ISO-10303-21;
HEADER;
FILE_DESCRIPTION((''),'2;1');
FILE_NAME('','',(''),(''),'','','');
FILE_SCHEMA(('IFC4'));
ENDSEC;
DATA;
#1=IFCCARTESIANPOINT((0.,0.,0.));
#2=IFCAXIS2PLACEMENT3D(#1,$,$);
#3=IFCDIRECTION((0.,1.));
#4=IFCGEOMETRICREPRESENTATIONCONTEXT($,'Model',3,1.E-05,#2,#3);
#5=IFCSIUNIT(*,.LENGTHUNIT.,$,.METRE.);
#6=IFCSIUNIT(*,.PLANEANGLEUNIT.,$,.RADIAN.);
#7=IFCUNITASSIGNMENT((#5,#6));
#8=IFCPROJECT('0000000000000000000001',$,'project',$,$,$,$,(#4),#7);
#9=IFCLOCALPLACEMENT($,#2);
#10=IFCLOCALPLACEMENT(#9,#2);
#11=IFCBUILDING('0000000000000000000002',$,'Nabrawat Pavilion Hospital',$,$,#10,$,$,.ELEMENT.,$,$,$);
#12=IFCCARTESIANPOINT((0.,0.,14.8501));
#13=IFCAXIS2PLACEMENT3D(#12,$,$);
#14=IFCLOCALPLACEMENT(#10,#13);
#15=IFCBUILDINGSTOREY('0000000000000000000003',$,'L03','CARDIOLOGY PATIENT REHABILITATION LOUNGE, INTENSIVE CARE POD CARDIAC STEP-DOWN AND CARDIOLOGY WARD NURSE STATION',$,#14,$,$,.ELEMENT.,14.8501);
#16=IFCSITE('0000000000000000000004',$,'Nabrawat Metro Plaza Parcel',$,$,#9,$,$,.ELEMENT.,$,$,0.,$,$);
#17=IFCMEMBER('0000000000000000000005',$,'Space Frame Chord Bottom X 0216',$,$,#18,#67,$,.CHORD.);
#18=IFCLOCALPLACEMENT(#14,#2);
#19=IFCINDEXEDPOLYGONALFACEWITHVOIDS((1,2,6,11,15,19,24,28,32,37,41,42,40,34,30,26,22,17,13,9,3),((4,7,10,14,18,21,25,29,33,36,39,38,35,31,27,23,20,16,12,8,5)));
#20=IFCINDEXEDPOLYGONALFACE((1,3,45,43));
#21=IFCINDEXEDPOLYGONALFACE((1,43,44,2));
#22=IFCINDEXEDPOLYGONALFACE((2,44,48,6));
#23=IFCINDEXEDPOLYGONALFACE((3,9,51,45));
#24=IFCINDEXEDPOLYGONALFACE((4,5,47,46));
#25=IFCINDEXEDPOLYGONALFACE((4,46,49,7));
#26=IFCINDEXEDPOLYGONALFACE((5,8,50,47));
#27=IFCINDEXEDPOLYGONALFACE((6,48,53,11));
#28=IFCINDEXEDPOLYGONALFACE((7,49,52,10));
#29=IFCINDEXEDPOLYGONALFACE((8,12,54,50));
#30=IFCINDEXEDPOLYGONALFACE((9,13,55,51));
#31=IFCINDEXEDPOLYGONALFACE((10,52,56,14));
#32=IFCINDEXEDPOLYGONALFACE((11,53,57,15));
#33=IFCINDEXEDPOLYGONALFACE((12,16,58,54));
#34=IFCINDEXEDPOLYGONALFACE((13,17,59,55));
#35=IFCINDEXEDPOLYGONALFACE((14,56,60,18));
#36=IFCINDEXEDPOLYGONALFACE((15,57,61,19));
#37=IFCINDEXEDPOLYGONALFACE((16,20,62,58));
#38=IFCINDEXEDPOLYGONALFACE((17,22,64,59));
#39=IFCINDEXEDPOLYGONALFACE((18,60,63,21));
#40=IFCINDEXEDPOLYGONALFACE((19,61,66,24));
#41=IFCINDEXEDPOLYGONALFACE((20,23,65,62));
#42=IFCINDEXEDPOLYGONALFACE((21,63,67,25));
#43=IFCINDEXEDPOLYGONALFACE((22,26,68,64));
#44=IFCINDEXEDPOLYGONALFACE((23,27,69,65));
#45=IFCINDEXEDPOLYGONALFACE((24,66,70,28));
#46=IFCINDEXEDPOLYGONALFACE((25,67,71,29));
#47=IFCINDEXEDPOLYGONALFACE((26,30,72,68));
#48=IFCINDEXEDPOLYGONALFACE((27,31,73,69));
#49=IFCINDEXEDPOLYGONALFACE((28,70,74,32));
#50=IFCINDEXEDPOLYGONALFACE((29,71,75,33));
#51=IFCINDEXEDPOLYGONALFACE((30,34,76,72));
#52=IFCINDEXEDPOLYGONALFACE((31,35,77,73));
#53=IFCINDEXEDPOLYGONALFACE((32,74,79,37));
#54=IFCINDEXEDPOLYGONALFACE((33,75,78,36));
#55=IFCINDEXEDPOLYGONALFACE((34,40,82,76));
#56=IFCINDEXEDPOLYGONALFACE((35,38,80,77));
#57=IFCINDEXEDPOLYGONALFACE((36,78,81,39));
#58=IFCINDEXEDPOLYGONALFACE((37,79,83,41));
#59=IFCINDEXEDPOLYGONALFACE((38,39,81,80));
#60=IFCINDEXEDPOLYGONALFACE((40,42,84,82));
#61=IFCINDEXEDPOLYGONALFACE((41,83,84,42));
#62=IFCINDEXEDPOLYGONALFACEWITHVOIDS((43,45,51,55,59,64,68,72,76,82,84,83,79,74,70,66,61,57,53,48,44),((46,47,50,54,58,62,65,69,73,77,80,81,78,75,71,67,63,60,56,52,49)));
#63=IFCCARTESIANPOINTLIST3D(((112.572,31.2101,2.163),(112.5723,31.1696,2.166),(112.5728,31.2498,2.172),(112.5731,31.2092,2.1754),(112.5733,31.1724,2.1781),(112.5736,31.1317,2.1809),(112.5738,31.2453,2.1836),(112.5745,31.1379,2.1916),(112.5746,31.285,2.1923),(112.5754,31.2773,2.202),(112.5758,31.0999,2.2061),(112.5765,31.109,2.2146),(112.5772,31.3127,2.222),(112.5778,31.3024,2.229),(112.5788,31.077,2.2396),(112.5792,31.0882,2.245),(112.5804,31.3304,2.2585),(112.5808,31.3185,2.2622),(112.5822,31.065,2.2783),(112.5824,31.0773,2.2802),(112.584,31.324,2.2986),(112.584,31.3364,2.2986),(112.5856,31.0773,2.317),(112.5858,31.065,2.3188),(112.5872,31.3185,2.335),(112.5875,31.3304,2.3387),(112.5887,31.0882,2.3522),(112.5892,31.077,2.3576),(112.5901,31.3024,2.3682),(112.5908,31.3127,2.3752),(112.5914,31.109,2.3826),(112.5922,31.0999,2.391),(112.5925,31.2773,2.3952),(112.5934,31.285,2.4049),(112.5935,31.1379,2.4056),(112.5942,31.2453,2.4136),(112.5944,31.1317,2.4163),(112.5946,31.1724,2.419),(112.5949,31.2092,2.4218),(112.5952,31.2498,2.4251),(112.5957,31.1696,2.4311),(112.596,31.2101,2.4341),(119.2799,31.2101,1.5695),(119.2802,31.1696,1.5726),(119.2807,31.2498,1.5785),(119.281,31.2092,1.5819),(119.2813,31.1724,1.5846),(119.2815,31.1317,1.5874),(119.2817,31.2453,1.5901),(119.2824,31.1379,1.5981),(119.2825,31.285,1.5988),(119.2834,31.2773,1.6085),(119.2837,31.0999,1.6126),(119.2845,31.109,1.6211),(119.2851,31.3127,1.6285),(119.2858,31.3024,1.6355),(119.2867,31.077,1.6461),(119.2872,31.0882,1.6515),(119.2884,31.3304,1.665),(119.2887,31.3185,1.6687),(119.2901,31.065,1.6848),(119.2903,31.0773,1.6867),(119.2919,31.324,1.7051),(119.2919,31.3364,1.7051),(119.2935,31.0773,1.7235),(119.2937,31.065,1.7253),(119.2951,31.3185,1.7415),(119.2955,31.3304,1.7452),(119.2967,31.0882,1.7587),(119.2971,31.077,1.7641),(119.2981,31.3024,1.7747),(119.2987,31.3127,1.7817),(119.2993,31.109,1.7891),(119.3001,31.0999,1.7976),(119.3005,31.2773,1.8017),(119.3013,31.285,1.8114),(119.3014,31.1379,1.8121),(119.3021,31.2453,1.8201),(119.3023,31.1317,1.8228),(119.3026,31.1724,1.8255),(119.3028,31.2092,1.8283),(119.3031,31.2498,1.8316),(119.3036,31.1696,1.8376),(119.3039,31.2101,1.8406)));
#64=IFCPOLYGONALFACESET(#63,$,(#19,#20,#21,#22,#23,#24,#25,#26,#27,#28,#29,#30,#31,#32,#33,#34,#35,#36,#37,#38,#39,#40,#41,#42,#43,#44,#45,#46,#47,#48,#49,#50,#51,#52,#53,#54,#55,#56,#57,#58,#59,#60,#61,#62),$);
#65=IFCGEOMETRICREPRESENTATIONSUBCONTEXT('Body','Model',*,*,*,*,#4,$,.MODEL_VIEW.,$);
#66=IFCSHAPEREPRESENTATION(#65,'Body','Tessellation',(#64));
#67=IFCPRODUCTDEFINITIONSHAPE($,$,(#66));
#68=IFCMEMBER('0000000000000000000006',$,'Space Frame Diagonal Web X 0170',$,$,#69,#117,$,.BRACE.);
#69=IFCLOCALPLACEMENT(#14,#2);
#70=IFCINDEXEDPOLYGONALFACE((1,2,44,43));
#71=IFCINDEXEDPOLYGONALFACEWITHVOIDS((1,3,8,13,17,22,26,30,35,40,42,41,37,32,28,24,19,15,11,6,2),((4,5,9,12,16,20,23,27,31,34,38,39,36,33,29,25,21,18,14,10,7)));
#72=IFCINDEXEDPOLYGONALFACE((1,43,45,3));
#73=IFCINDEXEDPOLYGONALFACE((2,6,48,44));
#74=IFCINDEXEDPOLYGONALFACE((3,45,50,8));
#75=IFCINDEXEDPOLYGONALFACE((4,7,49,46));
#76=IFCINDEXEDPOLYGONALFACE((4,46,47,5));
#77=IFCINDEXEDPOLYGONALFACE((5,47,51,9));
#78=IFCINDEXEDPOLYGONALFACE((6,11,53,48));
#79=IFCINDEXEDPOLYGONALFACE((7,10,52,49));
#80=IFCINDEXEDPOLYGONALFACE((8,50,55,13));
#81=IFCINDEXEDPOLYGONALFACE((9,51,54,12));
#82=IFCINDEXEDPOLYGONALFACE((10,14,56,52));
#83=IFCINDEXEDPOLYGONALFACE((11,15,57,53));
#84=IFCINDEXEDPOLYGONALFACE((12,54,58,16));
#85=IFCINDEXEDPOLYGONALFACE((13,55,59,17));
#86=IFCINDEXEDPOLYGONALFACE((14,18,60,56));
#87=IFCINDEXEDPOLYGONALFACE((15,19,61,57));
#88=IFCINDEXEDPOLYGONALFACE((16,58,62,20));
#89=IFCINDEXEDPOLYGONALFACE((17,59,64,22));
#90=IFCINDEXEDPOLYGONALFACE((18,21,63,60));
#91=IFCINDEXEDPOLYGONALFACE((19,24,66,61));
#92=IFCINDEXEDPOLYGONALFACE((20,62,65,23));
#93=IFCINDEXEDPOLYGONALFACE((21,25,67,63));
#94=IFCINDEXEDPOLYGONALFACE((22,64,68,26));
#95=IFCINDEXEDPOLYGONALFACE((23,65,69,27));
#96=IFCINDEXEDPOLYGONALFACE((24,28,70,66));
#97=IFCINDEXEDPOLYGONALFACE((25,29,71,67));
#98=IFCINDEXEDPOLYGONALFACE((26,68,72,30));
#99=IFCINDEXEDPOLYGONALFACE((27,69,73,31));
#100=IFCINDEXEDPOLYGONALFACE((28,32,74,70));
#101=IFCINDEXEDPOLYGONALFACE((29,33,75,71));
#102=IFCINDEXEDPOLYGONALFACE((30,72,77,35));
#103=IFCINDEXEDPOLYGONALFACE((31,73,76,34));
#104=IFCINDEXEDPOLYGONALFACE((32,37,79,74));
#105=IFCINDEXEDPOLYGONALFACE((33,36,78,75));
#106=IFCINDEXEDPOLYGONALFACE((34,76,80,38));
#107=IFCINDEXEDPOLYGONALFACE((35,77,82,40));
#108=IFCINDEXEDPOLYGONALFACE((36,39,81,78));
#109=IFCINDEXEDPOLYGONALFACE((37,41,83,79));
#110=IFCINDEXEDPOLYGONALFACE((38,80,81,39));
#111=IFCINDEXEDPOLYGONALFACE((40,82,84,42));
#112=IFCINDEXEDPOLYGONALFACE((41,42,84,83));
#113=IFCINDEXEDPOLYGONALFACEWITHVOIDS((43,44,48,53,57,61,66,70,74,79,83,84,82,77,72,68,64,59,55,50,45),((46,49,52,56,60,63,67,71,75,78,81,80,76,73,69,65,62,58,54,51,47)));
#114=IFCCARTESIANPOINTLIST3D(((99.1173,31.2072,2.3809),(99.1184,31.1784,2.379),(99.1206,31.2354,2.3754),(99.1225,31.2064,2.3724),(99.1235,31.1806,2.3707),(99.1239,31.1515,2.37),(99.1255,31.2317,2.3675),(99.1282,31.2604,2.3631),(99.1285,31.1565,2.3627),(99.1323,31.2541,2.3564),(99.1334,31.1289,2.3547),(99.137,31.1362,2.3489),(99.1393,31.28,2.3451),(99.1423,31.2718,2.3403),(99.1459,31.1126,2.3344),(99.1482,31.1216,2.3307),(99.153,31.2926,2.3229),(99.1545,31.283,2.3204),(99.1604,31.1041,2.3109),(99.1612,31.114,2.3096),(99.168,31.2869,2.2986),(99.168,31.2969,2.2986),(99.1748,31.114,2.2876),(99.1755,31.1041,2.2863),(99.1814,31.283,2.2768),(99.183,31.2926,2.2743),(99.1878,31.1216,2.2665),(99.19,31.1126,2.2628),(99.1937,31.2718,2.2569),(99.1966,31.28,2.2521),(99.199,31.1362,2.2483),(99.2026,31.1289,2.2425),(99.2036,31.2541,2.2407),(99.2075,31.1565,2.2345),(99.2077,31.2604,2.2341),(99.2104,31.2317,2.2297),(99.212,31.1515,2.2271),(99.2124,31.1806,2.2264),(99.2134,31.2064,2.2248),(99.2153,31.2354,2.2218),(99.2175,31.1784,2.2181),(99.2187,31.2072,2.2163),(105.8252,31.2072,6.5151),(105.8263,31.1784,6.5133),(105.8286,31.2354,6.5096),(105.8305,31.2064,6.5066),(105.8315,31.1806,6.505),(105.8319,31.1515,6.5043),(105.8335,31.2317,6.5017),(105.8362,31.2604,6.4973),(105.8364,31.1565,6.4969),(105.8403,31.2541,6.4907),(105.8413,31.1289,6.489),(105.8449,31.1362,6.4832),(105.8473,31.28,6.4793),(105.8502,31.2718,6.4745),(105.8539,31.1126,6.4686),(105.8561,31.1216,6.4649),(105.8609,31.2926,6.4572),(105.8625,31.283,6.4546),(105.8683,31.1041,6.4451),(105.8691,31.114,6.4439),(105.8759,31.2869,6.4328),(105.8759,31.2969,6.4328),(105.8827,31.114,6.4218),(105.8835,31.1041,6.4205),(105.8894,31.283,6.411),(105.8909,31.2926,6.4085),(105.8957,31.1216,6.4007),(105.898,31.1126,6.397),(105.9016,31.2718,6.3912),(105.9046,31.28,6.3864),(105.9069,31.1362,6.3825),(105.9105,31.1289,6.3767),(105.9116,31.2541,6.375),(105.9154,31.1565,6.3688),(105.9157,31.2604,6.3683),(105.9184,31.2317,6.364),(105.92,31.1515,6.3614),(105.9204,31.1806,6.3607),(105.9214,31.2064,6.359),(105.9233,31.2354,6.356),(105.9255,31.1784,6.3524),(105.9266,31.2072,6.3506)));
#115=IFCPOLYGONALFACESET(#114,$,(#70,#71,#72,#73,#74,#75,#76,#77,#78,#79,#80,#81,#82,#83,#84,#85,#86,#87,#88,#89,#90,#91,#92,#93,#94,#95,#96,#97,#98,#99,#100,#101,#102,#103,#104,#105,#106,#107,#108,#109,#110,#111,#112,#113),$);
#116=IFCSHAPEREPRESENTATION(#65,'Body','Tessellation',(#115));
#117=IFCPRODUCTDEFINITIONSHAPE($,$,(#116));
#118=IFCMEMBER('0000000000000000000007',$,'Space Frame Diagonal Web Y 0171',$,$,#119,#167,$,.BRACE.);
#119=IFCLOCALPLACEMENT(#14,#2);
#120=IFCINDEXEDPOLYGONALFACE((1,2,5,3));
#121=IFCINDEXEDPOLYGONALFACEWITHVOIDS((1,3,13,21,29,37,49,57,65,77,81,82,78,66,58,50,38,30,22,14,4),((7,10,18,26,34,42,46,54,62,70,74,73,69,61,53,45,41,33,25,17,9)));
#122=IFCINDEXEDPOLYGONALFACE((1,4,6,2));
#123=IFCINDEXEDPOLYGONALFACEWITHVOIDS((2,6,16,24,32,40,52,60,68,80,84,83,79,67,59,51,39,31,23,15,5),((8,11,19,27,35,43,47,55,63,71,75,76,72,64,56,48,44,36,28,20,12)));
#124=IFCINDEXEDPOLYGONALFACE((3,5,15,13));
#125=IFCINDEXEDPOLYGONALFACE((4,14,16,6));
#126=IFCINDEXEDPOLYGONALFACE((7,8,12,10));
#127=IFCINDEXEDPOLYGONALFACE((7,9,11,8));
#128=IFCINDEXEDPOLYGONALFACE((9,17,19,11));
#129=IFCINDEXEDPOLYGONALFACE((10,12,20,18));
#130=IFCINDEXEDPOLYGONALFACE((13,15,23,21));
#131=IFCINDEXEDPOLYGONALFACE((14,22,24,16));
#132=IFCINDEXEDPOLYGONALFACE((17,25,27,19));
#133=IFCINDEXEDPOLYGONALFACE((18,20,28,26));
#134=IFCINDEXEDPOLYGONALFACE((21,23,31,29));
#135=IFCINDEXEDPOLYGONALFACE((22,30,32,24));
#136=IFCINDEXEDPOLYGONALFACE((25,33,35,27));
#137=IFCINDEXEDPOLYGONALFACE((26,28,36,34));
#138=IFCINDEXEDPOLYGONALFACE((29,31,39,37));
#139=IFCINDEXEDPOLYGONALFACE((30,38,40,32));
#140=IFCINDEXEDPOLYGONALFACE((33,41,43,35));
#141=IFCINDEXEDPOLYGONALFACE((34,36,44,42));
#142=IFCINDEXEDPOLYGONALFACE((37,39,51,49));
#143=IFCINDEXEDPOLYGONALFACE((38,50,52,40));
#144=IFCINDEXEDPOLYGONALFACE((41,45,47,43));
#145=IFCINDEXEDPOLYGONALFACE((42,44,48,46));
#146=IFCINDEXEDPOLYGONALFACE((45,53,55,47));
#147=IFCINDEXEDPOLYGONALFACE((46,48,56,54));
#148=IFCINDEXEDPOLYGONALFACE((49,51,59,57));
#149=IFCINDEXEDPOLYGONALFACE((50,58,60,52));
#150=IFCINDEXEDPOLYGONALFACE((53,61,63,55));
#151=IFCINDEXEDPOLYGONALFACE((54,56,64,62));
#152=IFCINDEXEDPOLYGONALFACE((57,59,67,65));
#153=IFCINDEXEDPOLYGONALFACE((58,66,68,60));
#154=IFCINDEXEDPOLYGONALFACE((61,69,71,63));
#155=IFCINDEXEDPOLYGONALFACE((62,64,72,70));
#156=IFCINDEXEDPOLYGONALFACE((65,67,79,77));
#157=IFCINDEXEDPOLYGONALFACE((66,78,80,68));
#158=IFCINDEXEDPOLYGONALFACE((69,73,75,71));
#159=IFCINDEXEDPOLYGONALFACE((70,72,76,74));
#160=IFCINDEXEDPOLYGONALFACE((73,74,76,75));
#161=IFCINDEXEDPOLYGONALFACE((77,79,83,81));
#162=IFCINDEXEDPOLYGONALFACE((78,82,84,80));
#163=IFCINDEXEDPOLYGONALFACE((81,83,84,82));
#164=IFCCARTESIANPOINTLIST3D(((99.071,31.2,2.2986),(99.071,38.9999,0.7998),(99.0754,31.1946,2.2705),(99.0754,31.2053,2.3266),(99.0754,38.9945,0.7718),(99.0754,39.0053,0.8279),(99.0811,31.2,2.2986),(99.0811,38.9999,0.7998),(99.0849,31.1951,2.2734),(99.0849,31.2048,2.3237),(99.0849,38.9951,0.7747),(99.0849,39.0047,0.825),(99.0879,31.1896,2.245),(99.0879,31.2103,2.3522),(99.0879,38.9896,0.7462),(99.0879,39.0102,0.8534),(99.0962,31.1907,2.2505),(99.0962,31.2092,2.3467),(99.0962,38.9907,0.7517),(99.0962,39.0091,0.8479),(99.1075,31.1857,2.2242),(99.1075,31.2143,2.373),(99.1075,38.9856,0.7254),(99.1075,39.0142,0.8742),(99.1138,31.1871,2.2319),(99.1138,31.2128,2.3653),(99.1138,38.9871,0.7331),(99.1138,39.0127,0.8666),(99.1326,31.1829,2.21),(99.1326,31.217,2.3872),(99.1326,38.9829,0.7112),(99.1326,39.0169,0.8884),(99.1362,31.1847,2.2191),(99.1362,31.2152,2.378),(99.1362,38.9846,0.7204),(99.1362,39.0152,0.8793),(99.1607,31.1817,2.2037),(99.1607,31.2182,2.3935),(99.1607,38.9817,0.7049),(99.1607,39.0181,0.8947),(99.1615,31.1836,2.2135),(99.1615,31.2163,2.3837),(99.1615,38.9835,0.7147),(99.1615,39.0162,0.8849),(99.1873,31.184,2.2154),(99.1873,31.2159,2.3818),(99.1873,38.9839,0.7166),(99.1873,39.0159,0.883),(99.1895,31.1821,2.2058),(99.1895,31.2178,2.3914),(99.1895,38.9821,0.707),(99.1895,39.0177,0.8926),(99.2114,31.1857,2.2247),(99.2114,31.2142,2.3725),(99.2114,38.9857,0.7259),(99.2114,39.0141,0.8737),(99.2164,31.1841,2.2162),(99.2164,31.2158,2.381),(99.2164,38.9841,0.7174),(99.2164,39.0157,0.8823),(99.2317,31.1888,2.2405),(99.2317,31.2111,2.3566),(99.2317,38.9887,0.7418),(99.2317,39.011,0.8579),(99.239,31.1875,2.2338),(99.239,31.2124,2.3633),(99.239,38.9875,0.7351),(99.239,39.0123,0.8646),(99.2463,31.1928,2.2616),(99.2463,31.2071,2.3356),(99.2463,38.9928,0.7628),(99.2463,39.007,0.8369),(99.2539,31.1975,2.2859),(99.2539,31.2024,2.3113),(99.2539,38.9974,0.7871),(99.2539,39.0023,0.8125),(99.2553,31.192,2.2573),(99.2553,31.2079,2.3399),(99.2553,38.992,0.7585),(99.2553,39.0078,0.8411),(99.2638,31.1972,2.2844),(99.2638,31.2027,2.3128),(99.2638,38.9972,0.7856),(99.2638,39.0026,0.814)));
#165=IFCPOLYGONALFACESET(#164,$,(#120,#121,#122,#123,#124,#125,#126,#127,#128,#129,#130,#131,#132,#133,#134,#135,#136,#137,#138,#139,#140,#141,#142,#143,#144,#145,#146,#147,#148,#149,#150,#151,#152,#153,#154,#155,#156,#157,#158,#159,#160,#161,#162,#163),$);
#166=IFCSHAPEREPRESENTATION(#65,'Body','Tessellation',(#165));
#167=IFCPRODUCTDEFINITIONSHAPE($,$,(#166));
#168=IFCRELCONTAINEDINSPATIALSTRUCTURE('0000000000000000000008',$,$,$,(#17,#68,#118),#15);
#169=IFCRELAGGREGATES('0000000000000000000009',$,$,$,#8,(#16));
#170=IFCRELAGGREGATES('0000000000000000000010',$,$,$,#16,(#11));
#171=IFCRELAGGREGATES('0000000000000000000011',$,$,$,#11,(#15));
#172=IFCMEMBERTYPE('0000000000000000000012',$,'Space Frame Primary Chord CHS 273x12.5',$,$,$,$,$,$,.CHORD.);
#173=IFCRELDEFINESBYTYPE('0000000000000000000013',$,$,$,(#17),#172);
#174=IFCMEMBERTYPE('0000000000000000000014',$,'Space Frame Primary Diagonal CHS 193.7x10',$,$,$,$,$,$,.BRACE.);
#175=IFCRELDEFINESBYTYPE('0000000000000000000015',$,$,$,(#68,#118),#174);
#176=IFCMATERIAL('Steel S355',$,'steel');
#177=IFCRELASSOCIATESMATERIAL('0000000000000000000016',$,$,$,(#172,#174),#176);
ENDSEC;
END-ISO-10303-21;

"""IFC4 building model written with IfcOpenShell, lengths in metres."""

from ifc_helpers import new_model, si_unit, direction, frame, origin, origin_2d, place, context, subcontext, project, spatial, hollow_circle, extrude, material, material_profile, profile_set, type_object, element, save


model = new_model("IFC4")

# Units and contexts
model_context = context("Model", 3, precision=1e-05, world=origin(), true_north=direction((0.0, 1.0)))
body_context = subcontext(model_context, "Body", "Model", "MODEL_VIEW")
ifc_project = project(units=[si_unit("LENGTHUNIT", "METRE"), si_unit("PLANEANGLEUNIT", "RADIAN")], contexts=[model_context])

# Site, building, storey
site_placement = place(None, origin())
site = spatial("IfcSite", under=ifc_project, at=site_placement, Name="Nabrawat Metro Plaza Parcel", CompositionType="ELEMENT", RefElevation=0.0)
building_placement = place(site_placement, origin())
building = spatial("IfcBuilding", under=site, at=building_placement, Name="Nabrawat Pavilion Hospital", CompositionType="ELEMENT")
storey_placement = place(building_placement, frame((0.0, 0.0, 14.8501)))
storey = spatial("IfcBuildingStorey", under=building, at=storey_placement, Name="L03", Description="CARDIOLOGY PATIENT REHABILITATION LOUNGE, INTENSIVE CARE POD CARDIAC STEP-DOWN AND CARDIOLOGY WARD NURSE STATION", CompositionType="ELEMENT", Elevation=14.8501)

# Members
ifc_material = material(Name="Steel S355", Category="steel")
ifc_material_profile_1 = material_profile(ifc_material, hollow_circle(Radius=0.1365, WallThickness=0.0125, at=origin_2d()), Name="CHS 273x12.5")
ifc_profile_set_1 = profile_set([ifc_material_profile_1], Name="Steel S355")
member_type_1 = type_object("IfcMemberType", Name="Space Frame Primary Chord CHS 273x12.5", PredefinedType="CHORD", material=ifc_profile_set_1)
member_1_placement = place(storey_placement, frame((112.584, 31.2, 2.2986), z_axis=(0.996109, 0.0, -0.088133), x_axis=(0.0, 1.0, 0.0)))
element("IfcMember", 1, at=member_1_placement, inside=storey, type_object=member_type_1, Name="Space Frame Chord Bottom X 0216", PredefinedType="CHORD", context=body_context, shape_type="SweptSolid", body=[
    extrude(hollow_circle(Radius=0.1365, WallThickness=0.0125, at=origin_2d()), origin(), (0.0, 0.0, 1.0), 6.7341),
])
ifc_material_profile_2 = material_profile(ifc_material, hollow_circle(Radius=0.0969, WallThickness=0.01, at=origin_2d()), Name="CHS 193.7x10")
ifc_profile_set_2 = profile_set([ifc_material_profile_2], Name="Steel S355")
member_type_2 = type_object("IfcMemberType", Name="Space Frame Primary Diagonal CHS 193.7x10", PredefinedType="BRACE", material=ifc_profile_set_2)
member_2_placement = place(storey_placement, frame((99.168, 31.2, 2.2986), z_axis=(0.851303, 0.0, 0.524675), x_axis=(0.0, 1.0, 0.0)))
element("IfcMember", 2, at=member_2_placement, inside=storey, type_object=member_type_2, Name="Space Frame Diagonal Web X 0170", PredefinedType="BRACE", context=body_context, shape_type="SweptSolid", body=[
    extrude(hollow_circle(Radius=0.0969, WallThickness=0.01, at=origin_2d()), origin(), (0.0, 0.0, 1.0), 7.8796),
])
member_3_placement = place(storey_placement, frame((99.168, 31.2, 2.2986), z_axis=(0.0, 0.982035, -0.188698), x_axis=(-1.0, 0.0, 0.0)))
element("IfcMember", 3, at=member_3_placement, inside=storey, type_object=member_type_2, Name="Space Frame Diagonal Web Y 0171", PredefinedType="BRACE", context=body_context, shape_type="SweptSolid", body=[
    extrude(hollow_circle(Radius=0.0969, WallThickness=0.01, at=origin_2d()), origin(), (0.0, 0.0, 1.0), 7.9426),
])

save(model, "model.ifc")
